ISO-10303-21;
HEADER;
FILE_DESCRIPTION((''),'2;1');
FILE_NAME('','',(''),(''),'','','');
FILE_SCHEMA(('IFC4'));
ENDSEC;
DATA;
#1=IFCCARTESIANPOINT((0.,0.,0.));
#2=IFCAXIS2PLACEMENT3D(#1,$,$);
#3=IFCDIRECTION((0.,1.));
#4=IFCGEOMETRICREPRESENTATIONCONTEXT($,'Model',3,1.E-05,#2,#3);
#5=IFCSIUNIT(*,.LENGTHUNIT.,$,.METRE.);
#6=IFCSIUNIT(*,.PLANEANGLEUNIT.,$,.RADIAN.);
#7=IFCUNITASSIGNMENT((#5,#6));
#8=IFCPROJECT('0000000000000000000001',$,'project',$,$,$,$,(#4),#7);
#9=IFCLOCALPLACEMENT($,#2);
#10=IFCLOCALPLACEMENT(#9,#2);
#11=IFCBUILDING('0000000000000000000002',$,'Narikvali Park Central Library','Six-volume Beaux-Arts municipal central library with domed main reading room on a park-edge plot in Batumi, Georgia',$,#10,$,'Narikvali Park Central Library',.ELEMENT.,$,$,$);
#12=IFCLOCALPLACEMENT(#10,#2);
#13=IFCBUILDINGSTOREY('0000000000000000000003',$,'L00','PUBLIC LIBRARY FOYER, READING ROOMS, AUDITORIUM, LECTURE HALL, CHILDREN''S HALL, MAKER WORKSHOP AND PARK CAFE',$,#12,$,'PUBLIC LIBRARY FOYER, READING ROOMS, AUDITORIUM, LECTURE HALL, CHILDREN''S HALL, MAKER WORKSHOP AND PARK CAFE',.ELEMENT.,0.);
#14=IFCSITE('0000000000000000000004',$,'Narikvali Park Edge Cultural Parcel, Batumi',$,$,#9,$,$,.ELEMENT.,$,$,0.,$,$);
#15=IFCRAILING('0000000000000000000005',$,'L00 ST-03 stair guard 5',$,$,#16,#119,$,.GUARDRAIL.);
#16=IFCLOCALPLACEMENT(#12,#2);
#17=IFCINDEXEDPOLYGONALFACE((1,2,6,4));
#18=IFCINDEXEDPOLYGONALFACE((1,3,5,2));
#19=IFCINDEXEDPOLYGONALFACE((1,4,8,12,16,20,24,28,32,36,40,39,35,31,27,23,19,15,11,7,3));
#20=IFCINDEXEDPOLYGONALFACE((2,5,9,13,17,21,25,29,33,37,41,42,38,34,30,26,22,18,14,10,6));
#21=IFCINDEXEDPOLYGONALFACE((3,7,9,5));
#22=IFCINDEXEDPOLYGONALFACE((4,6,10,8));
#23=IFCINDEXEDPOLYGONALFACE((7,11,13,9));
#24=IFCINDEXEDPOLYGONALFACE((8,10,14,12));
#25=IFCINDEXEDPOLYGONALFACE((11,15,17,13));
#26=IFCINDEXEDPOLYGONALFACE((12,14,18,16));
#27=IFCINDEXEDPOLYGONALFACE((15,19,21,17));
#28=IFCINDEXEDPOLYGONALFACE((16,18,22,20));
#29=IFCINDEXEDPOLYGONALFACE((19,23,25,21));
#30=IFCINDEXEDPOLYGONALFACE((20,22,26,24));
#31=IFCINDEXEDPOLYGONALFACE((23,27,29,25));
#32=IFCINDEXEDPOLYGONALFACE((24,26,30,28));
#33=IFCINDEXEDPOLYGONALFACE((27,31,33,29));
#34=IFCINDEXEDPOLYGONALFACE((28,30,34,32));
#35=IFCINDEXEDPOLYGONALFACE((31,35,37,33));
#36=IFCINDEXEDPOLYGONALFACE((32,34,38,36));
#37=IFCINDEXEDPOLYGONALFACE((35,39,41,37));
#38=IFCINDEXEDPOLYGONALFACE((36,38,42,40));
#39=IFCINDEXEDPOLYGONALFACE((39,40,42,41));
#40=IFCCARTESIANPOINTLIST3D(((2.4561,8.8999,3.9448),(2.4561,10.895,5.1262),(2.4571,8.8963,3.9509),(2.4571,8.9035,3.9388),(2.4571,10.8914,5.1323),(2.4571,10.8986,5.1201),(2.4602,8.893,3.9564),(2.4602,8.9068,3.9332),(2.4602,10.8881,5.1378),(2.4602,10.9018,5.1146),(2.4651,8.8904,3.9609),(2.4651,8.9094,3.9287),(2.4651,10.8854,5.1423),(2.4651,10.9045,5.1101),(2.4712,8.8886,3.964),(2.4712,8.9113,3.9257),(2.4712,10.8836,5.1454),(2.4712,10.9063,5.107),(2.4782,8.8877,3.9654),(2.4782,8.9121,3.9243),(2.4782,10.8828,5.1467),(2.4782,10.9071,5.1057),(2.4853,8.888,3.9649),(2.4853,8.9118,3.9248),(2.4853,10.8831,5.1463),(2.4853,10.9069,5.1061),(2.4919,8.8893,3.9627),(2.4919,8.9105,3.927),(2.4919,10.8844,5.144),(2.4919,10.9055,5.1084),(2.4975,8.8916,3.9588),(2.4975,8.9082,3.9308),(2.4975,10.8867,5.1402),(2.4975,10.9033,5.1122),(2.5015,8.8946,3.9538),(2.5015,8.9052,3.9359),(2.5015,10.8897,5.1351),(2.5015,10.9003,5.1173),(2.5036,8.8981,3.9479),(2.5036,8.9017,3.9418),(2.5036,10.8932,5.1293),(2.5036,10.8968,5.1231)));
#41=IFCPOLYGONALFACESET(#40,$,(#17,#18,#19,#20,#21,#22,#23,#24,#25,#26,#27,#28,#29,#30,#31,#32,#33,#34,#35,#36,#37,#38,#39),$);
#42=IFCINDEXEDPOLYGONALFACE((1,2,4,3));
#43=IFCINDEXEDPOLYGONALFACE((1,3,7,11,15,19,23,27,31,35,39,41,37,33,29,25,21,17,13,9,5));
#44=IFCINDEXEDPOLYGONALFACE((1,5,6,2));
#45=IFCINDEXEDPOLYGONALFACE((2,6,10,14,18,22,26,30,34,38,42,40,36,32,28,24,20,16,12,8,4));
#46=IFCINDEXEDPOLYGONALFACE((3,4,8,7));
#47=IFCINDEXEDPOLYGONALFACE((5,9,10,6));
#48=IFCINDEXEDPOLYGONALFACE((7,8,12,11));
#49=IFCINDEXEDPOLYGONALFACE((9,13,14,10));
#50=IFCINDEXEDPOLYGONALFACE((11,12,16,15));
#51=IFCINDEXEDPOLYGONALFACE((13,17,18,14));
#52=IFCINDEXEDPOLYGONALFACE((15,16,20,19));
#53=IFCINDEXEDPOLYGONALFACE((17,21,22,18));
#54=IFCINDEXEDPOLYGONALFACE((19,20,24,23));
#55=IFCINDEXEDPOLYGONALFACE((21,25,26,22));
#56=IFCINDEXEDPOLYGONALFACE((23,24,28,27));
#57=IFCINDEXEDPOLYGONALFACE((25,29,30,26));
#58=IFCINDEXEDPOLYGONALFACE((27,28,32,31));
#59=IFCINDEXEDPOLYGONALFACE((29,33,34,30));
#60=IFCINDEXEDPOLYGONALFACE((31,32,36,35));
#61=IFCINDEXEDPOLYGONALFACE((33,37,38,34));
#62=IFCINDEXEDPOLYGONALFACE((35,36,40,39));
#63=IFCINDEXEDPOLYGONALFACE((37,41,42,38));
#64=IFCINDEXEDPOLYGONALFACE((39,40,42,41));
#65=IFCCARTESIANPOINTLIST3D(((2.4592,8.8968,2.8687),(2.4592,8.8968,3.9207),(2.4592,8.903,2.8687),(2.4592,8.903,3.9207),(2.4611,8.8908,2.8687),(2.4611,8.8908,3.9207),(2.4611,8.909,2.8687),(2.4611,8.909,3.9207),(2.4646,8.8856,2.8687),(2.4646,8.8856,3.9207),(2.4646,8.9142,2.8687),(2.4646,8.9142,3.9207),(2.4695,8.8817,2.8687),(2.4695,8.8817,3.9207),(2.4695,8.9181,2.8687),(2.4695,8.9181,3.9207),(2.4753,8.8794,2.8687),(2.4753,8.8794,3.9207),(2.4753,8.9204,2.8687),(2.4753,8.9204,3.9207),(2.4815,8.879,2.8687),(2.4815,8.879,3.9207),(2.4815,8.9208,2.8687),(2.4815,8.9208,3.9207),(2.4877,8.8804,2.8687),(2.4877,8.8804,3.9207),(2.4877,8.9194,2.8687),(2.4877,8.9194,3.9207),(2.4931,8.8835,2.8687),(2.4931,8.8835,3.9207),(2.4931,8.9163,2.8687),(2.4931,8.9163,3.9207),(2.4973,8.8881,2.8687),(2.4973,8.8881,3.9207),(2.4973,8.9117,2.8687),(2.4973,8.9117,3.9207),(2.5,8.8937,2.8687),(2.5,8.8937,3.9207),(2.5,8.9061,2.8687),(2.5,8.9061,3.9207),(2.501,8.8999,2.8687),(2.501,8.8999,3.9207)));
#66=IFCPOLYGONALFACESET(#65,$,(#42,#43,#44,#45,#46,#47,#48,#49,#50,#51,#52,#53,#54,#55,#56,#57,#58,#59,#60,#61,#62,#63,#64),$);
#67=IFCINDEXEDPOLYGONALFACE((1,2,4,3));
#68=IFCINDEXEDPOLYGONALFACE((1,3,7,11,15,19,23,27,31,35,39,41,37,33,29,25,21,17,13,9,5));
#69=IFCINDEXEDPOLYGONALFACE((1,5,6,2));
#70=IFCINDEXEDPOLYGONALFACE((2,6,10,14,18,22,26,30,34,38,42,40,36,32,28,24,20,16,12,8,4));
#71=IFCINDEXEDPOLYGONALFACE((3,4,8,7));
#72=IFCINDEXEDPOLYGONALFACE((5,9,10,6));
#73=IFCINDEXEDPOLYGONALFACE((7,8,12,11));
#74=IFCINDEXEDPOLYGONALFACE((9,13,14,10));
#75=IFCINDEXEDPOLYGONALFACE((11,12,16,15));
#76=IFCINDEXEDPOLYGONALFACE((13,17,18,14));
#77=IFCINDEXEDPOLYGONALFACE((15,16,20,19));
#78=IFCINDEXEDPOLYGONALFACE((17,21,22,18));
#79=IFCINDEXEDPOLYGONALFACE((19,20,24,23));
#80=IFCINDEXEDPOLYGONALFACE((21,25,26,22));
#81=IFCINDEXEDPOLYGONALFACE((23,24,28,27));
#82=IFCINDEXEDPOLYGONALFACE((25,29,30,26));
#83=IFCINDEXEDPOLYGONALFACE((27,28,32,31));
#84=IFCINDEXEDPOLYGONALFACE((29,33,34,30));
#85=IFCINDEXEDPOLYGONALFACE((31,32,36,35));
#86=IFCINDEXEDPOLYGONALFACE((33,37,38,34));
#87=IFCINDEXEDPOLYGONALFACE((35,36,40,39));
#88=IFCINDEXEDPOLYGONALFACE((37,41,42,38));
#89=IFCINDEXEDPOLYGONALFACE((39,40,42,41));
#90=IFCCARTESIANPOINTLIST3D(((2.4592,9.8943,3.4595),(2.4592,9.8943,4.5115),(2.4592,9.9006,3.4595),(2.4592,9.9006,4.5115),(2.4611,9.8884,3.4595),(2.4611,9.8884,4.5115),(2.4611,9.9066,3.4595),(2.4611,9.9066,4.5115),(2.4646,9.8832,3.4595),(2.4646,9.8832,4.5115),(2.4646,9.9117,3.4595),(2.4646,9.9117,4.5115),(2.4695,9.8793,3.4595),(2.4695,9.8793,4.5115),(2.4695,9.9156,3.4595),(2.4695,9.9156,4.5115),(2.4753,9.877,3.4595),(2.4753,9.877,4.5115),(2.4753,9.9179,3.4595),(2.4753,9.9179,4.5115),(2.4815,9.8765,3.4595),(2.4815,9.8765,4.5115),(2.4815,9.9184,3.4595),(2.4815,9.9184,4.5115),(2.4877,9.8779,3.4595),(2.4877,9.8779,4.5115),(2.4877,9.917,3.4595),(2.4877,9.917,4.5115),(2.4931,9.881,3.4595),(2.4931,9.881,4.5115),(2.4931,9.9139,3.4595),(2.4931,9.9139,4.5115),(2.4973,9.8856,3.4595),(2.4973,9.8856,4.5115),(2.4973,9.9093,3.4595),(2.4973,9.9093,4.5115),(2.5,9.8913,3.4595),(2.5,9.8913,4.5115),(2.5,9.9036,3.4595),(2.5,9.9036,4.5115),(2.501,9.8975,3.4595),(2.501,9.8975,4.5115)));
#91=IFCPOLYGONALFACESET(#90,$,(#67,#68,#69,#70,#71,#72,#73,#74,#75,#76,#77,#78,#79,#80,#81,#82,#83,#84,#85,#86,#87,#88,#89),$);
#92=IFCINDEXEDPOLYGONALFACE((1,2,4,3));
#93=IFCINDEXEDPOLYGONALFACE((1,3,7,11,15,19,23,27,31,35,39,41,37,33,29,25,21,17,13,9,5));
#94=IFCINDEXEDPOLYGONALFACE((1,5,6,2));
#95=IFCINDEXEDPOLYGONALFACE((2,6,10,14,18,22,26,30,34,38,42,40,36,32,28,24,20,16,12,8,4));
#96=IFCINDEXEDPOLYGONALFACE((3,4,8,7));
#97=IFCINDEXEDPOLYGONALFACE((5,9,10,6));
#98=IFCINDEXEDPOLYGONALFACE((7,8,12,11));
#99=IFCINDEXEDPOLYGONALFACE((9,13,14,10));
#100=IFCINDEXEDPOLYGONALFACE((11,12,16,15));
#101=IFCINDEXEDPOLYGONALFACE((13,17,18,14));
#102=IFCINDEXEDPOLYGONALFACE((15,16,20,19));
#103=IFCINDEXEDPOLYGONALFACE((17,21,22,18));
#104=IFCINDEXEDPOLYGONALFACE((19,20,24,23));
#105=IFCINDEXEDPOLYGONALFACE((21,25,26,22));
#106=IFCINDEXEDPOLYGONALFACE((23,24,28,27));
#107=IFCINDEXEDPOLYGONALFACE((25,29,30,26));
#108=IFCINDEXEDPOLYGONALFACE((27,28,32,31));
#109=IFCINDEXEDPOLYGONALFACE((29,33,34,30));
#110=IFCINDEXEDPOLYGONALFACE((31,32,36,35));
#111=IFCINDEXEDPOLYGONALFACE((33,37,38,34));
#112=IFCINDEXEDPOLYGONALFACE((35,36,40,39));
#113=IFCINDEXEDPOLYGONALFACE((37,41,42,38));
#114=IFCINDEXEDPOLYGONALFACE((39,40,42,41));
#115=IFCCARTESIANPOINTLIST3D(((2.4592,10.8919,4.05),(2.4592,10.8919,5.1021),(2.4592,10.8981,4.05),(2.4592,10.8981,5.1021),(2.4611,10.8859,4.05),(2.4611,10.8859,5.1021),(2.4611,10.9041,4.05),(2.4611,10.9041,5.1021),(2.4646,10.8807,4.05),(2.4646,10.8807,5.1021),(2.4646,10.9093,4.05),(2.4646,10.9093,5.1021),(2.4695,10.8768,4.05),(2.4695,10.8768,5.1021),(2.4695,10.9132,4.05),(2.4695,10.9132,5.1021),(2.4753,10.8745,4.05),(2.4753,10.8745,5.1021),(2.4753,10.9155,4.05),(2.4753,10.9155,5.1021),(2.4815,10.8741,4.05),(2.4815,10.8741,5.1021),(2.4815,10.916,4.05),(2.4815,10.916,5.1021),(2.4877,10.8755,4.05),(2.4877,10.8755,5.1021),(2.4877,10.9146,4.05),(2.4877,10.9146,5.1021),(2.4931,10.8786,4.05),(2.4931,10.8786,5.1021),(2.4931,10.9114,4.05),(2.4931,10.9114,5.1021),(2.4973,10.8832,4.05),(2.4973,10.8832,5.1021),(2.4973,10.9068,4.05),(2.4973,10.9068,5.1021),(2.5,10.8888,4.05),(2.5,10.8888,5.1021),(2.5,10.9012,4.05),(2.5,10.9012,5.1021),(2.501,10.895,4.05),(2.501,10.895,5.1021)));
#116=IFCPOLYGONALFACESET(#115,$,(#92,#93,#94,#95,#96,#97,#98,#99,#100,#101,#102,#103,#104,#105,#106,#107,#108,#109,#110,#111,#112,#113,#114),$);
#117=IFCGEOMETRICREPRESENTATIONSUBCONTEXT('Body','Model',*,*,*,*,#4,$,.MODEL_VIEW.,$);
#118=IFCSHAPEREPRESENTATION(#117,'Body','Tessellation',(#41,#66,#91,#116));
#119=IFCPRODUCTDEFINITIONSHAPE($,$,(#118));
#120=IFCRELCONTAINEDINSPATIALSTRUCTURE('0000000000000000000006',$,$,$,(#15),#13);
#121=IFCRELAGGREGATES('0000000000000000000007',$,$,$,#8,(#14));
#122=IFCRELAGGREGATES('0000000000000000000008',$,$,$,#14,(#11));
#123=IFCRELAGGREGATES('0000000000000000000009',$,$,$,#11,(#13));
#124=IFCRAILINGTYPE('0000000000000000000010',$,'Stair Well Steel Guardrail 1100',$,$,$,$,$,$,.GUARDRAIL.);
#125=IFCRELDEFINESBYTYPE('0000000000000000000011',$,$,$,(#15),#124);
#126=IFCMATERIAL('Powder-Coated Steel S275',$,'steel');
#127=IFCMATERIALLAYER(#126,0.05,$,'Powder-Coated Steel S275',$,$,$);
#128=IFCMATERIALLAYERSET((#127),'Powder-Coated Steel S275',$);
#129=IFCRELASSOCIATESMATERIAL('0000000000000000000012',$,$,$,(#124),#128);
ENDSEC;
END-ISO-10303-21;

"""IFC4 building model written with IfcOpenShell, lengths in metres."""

from ifc_helpers import new_model, si_unit, direction, frame, origin, origin_2d, place, context, subcontext, project, spatial, circle, extrude, material, layer, layer_set, type_object, element, save


model = new_model("IFC4")

# Units and contexts
model_context = context("Model", 3, precision=1e-05, world=origin(), true_north=direction((0.0, 1.0)))
body_context = subcontext(model_context, "Body", "Model", "MODEL_VIEW")
ifc_project = project(units=[si_unit("LENGTHUNIT", "METRE"), si_unit("PLANEANGLEUNIT", "RADIAN")], contexts=[model_context])

# Site, building, storey
site_placement = place(None, origin())
site = spatial("IfcSite", under=ifc_project, at=site_placement, Name="Narikvali Park Edge Cultural Parcel, Batumi", CompositionType="ELEMENT", RefElevation=0.0)
building_placement = place(site_placement, origin())
building = spatial("IfcBuilding", under=site, at=building_placement, Name="Narikvali Park Central Library", Description="Six-volume Beaux-Arts municipal central library with domed main reading room on a park-edge plot in Batumi, Georgia", LongName="Narikvali Park Central Library", CompositionType="ELEMENT")
storey_placement = place(building_placement, origin())
storey = spatial("IfcBuildingStorey", under=building, at=storey_placement, Name="L00", Description="PUBLIC LIBRARY FOYER, READING ROOMS, AUDITORIUM, LECTURE HALL, CHILDREN'S HALL, MAKER WORKSHOP AND PARK CAFE", LongName="PUBLIC LIBRARY FOYER, READING ROOMS, AUDITORIUM, LECTURE HALL, CHILDREN'S HALL, MAKER WORKSHOP AND PARK CAFE", CompositionType="ELEMENT", Elevation=0.0)

# Railing
ifc_material_1 = material(Name="Powder-Coated Steel S275", Category="steel")
ifc_layer_1 = layer(ifc_material_1, 0.05, Name="Powder-Coated Steel S275")
ifc_layer_set_1 = layer_set([ifc_layer_1], Name="Powder-Coated Steel S275")
railing_type_1 = type_object("IfcRailingType", Name="Stair Well Steel Guardrail 1100", PredefinedType="GUARDRAIL", material=ifc_layer_set_1)
railing_1_placement = place(storey_placement, frame((2.48, 8.8999, 2.8687)))
element("IfcRailing", 1, at=railing_1_placement, inside=storey, type_object=railing_type_1, Name="L00 ST-03 stair guard 5", PredefinedType="GUARDRAIL", context=body_context, shape_type="SweptSolid", body=[
    extrude(circle(Radius=0.0239, at=origin_2d()), frame((0.0, 0.0, 1.0762), z_axis=(0.0, 0.860461, 0.509517), x_axis=(-1.0, 0.0, 0.0)), (0.0, 0.0, 1.0), 2.3186),
    extrude(circle(Radius=0.021, at=origin_2d()), origin(), (0.0, 0.0, 1.0), 1.052),
    extrude(circle(Radius=0.021, at=origin_2d()), frame((0.0, 0.9976, 0.5908)), (0.0, 0.0, 1.0), 1.052),
    extrude(circle(Radius=0.021, at=origin_2d()), frame((0.0, 1.9951, 1.1814)), (0.0, 0.0, 1.0), 1.052),
])

save(model, "model.ifc")
